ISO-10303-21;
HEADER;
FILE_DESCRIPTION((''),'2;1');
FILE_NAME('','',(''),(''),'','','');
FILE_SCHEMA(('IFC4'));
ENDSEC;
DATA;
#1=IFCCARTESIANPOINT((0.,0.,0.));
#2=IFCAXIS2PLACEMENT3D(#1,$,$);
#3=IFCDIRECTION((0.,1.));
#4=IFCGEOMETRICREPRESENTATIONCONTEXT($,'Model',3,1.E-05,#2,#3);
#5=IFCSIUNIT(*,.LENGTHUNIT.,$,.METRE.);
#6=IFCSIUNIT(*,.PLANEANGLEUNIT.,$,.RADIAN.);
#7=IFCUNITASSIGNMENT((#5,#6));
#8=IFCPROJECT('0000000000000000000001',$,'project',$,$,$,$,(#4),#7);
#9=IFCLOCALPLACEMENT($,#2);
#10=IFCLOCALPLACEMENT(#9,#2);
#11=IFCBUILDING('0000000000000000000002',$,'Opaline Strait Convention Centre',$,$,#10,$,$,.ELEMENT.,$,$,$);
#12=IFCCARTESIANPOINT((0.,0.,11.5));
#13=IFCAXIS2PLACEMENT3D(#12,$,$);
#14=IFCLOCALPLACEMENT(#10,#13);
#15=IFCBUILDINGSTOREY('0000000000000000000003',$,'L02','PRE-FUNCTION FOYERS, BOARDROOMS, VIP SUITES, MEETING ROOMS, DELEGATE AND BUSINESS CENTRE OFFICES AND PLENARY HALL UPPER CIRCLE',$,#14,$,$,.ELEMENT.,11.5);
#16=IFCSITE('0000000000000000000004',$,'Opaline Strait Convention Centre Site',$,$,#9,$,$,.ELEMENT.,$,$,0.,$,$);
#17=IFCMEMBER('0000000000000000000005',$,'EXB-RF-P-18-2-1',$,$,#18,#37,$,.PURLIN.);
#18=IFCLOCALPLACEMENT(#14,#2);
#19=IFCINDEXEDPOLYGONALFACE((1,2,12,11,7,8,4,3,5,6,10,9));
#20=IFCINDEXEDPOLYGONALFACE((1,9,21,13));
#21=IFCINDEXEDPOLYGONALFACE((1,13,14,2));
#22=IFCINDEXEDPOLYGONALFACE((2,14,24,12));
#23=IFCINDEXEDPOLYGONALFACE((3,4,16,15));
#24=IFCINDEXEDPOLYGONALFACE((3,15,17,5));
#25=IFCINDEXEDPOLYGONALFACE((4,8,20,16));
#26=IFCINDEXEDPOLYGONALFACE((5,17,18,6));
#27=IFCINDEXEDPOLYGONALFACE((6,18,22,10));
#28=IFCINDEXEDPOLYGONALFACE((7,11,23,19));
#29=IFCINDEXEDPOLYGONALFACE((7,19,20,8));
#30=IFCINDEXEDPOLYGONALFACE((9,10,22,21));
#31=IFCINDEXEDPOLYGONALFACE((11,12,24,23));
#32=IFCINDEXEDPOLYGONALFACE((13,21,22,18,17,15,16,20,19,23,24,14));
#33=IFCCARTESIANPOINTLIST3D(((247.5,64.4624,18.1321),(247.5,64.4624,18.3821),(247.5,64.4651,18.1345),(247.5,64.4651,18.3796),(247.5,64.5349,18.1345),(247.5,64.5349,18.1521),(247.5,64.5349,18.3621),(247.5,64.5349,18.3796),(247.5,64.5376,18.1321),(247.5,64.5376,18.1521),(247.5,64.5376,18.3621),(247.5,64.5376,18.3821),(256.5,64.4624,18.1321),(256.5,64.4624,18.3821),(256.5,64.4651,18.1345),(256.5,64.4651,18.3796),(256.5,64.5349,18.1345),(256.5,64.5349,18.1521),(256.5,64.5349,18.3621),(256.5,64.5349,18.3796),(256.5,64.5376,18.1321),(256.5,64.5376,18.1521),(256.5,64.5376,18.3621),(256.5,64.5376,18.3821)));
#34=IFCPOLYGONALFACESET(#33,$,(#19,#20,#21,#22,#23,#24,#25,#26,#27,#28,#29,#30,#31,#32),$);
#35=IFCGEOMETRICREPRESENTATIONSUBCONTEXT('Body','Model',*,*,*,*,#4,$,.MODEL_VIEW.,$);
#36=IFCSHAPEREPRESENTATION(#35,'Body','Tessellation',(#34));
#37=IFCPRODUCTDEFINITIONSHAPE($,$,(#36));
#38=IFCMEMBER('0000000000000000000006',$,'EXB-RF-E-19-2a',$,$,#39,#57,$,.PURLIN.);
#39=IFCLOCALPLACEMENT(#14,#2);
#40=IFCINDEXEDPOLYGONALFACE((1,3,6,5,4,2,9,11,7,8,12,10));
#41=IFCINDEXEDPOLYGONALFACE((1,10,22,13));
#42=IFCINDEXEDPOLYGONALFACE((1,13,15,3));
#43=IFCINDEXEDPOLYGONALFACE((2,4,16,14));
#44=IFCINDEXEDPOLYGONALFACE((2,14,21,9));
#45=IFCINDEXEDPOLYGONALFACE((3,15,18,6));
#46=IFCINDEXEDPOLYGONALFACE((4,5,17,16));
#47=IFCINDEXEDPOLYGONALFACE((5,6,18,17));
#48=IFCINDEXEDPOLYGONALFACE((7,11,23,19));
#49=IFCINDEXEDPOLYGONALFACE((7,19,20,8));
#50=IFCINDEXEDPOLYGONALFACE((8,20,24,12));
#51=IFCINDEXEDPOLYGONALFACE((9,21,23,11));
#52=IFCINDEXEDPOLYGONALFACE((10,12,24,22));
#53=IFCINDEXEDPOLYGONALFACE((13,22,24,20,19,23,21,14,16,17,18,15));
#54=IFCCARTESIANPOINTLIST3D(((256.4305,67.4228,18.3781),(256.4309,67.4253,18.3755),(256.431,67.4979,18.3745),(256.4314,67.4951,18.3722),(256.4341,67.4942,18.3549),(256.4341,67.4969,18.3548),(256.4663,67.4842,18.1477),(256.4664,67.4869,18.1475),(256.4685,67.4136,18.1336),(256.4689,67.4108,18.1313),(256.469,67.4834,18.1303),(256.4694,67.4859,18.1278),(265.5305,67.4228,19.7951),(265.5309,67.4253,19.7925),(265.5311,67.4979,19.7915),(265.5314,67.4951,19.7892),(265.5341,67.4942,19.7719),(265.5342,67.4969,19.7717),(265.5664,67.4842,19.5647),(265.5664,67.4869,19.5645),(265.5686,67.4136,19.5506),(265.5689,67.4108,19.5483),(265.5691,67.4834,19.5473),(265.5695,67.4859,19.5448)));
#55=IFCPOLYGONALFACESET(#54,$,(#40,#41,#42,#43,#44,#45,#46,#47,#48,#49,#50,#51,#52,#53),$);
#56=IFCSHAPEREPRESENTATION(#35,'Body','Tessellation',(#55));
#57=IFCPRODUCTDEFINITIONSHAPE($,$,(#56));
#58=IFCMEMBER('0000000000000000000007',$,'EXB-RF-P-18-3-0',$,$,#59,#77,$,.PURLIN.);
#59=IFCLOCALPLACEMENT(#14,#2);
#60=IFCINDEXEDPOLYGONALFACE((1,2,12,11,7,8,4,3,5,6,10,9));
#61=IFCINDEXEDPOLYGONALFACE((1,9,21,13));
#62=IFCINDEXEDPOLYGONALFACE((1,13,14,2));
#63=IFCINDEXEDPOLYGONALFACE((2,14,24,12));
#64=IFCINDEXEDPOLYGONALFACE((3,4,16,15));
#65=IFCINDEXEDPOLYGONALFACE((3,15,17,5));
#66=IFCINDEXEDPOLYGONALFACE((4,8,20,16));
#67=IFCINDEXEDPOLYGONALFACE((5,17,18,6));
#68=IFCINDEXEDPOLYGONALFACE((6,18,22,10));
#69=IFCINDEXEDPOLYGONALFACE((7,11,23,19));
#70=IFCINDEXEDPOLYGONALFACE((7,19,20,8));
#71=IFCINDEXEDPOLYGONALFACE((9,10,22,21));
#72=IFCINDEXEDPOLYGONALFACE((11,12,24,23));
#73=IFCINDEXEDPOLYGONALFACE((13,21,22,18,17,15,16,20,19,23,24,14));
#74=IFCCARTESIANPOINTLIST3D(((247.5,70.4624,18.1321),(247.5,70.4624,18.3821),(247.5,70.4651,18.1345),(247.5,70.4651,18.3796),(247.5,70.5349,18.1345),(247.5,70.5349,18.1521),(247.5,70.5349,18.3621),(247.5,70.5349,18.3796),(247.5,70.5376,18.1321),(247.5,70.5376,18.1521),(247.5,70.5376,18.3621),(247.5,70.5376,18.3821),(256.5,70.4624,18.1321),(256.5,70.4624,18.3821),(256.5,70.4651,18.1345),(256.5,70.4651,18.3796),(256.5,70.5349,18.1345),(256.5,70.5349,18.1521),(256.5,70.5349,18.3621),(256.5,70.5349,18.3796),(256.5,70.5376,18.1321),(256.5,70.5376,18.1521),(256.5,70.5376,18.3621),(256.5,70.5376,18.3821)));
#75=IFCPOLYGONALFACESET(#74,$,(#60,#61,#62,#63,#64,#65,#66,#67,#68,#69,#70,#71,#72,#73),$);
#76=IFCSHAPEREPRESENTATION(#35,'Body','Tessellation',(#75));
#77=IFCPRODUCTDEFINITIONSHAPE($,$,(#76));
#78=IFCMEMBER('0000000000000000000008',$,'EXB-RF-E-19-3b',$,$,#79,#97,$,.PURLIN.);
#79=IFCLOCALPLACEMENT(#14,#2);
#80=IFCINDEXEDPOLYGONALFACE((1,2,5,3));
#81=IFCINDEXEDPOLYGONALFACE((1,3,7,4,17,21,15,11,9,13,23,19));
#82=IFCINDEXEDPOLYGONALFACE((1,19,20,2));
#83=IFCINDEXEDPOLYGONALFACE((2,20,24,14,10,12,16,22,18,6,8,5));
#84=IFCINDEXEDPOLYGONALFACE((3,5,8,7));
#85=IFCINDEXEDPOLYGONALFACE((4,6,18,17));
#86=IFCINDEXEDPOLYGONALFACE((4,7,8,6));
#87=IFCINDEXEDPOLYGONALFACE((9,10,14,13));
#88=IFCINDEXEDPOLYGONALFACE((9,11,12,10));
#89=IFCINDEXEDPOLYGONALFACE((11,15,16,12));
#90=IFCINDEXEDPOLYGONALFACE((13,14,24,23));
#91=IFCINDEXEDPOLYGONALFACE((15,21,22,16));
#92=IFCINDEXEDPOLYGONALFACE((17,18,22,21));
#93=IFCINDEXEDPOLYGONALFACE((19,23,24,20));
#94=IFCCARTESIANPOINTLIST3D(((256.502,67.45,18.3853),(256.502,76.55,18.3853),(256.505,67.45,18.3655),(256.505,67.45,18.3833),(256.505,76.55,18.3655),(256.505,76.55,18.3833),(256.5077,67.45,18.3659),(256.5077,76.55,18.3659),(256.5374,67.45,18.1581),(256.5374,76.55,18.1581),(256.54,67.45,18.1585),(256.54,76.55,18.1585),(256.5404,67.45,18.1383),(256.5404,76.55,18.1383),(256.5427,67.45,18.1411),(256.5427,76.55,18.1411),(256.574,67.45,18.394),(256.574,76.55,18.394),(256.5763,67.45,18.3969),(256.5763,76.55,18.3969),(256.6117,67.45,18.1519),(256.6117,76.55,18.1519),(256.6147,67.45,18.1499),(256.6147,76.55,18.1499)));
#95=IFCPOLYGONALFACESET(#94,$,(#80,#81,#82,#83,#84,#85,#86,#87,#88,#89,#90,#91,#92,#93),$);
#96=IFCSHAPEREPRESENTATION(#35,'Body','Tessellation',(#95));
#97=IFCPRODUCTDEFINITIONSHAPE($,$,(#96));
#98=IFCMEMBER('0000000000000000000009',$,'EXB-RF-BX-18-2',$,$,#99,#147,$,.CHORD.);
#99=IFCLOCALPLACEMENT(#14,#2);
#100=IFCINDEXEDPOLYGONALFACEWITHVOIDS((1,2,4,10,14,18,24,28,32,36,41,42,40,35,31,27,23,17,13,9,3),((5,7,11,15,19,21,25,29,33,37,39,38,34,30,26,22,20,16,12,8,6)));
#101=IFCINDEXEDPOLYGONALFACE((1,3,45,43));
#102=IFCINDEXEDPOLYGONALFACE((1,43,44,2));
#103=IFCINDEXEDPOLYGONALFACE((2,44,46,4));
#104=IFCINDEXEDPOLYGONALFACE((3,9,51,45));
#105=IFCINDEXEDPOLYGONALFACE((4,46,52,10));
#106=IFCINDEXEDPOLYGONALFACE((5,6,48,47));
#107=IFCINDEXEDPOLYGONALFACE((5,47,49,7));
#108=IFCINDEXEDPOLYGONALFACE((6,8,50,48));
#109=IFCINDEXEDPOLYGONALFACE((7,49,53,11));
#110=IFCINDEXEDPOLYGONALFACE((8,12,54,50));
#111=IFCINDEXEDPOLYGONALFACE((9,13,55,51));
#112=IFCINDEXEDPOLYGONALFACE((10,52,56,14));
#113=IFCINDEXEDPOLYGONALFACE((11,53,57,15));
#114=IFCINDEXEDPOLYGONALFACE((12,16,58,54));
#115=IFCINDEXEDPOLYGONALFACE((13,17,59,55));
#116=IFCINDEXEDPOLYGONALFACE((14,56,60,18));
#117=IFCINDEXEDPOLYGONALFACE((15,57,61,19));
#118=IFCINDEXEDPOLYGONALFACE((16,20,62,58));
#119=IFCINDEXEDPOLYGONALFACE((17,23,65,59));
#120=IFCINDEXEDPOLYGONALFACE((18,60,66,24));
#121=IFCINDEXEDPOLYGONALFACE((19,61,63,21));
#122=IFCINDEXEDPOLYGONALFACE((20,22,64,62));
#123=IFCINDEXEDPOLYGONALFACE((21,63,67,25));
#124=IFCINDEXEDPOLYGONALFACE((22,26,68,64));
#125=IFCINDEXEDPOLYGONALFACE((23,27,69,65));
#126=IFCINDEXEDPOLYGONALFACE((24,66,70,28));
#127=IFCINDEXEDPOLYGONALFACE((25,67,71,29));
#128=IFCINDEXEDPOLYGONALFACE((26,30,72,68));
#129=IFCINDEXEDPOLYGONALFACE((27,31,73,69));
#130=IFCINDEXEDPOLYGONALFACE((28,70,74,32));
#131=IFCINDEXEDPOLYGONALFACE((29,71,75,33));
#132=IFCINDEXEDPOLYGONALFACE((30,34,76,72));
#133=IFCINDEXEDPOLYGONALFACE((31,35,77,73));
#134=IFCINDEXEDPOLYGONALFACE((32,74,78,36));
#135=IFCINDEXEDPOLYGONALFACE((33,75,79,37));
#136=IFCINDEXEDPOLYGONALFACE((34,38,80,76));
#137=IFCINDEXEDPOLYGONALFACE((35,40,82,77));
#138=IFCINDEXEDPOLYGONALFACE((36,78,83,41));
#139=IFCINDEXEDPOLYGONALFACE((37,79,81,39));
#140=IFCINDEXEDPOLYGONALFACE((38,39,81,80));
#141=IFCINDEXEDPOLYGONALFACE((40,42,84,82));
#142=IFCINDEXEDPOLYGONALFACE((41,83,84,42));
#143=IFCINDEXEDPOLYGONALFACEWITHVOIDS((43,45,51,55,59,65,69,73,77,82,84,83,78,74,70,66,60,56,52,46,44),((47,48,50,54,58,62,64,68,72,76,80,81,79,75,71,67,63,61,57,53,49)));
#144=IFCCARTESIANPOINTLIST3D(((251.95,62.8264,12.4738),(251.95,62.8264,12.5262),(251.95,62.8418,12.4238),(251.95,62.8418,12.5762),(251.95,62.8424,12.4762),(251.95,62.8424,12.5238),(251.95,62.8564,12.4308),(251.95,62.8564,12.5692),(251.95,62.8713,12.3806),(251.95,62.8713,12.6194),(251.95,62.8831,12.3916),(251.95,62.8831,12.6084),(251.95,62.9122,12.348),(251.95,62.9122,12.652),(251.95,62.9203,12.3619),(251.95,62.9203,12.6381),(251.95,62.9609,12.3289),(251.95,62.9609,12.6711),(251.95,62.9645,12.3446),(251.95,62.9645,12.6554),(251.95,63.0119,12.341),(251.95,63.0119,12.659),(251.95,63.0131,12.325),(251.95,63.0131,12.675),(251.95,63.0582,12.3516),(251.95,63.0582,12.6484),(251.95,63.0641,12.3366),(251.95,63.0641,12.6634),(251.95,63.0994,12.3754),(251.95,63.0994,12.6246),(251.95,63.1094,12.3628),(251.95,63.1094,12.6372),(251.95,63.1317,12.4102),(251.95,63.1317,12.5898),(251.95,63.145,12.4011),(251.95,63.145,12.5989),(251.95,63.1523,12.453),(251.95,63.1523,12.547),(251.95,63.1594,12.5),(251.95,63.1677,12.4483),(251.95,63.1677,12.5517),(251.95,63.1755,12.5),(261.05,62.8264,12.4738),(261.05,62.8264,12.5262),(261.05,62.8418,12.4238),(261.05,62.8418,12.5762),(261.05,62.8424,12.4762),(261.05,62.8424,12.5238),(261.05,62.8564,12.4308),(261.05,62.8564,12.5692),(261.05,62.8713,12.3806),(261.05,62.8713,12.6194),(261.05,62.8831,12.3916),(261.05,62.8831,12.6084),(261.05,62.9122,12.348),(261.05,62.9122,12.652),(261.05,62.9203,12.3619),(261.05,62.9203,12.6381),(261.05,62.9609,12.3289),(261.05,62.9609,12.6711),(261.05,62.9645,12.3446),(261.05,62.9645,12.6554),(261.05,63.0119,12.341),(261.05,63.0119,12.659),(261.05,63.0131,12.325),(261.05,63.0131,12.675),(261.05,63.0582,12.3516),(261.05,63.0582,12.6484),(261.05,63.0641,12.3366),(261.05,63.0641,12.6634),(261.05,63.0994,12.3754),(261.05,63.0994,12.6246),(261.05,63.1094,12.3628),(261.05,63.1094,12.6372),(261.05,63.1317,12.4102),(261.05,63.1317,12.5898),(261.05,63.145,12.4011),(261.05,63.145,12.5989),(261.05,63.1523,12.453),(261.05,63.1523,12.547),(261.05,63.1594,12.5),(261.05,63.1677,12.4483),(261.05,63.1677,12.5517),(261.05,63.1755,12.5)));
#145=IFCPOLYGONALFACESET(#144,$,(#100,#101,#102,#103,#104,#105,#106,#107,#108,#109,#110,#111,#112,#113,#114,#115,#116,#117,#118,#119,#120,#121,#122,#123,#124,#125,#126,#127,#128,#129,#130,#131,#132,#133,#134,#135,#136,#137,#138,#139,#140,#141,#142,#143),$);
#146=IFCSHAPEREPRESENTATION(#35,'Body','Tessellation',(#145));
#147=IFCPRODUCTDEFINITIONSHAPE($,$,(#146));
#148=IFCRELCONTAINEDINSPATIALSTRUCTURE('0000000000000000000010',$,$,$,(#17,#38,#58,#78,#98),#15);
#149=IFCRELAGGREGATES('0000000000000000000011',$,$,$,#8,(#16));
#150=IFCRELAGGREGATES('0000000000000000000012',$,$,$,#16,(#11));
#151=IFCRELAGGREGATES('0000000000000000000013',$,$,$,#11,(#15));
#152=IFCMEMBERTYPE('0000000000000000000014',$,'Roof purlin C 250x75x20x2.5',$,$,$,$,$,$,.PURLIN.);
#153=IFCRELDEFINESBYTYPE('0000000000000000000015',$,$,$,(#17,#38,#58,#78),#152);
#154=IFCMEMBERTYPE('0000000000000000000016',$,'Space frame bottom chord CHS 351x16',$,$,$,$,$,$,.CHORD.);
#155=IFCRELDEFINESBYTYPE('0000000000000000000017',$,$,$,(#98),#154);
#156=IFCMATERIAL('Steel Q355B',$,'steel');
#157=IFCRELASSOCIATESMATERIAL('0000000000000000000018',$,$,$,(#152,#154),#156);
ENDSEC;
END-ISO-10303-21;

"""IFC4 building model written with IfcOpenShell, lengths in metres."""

from ifc_helpers import new_model, si_unit, direction, frame, origin, origin_2d, place, context, subcontext, project, spatial, polyline, hollow_circle, outline, extrude, material, material_profile, profile_set, type_object, element, save


model = new_model("IFC4")

# Units and contexts
model_context = context("Model", 3, precision=1e-05, world=origin(), true_north=direction((0.0, 1.0)))
body_context = subcontext(model_context, "Body", "Model", "MODEL_VIEW")
ifc_project = project(units=[si_unit("LENGTHUNIT", "METRE"), si_unit("PLANEANGLEUNIT", "RADIAN")], contexts=[model_context])

# Site, building, storey
site_placement = place(None, origin())
site = spatial("IfcSite", under=ifc_project, at=site_placement, Name="Opaline Strait Convention Centre Site", CompositionType="ELEMENT", RefElevation=0.0)
building_placement = place(site_placement, origin())
building = spatial("IfcBuilding", under=site, at=building_placement, Name="Opaline Strait Convention Centre", CompositionType="ELEMENT")
storey_placement = place(building_placement, frame((0.0, 0.0, 11.5)))
storey = spatial("IfcBuildingStorey", under=building, at=storey_placement, Name="L02", Description="PRE-FUNCTION FOYERS, BOARDROOMS, VIP SUITES, MEETING ROOMS, DELEGATE AND BUSINESS CENTRE OFFICES AND PLENARY HALL UPPER CIRCLE", CompositionType="ELEMENT", Elevation=11.5)

# Members
ifc_material_1 = material(Name="Steel Q355B", Category="steel")
ifc_material_profile_1 = material_profile(ifc_material_1, outline(polyline([(-0.0376, -0.125), (0.0376, -0.125), (0.0376, -0.105), (0.0349, -0.105), (0.0349, -0.1226), (-0.0349, -0.1226), (-0.0349, 0.1226), (0.0349, 0.1226), (0.0349, 0.105), (0.0376, 0.105), (0.0376, 0.125), (-0.0376, 0.125), (-0.0376, -0.125)])), Name="C 250x75x20x2.5")
ifc_profile_set_1 = profile_set([ifc_material_profile_1], Name="Steel Q355B")
member_type_1 = type_object("IfcMemberType", Name="Roof purlin C 250x75x20x2.5", PredefinedType="PURLIN", material=ifc_profile_set_1)
member_1_placement = place(storey_placement, frame((247.5, 64.5, 18.2571), z_axis=(1.0, 0.0, 0.0), x_axis=(0.0, 1.0, 0.0)))
element("IfcMember", 1, at=member_1_placement, inside=storey, type_object=member_type_1, Name="EXB-RF-P-18-2-1", PredefinedType="PURLIN", context=body_context, shape_type="SweptSolid", body=[
    extrude(outline(polyline([(-0.0376, -0.125), (0.0376, -0.125), (0.0376, -0.105), (0.0349, -0.105), (0.0349, -0.1226), (-0.0349, -0.1226), (-0.0349, 0.1226), (0.0349, 0.1226), (0.0349, 0.105), (0.0376, 0.105), (0.0376, 0.125), (-0.0376, 0.125), (-0.0376, -0.125)])), origin(), (0.0, 0.0, 1.0), 9.0),
])
member_2_placement = place(storey_placement, frame((256.45, 67.4543, 18.2529), z_axis=(0.988093, 0.0, 0.153858), x_axis=(0.007363, 0.998854, -0.047288)))
element("IfcMember", 2, at=member_2_placement, inside=storey, type_object=member_type_1, Name="EXB-RF-E-19-2a", PredefinedType="PURLIN", context=body_context, shape_type="SweptSolid", body=[
    extrude(outline(polyline([(-0.0376, -0.125), (0.0376, -0.125), (0.0376, -0.105), (0.0349, -0.105), (0.0349, -0.1226), (-0.0349, -0.1226), (-0.0349, 0.1226), (0.0349, 0.1226), (0.0349, 0.105), (0.0376, 0.105), (0.0376, 0.125), (-0.0376, 0.125), (-0.0376, -0.125)])), origin(), (0.0, 0.0, 1.0), 9.2097),
])
member_3_placement = place(storey_placement, frame((247.5, 70.5, 18.2571), z_axis=(1.0, 0.0, 0.0), x_axis=(0.0, 1.0, 0.0)))
element("IfcMember", 3, at=member_3_placement, inside=storey, type_object=member_type_1, Name="EXB-RF-P-18-3-0", PredefinedType="PURLIN", context=body_context, shape_type="SweptSolid", body=[
    extrude(outline(polyline([(-0.0376, -0.125), (0.0376, -0.125), (0.0376, -0.105), (0.0349, -0.105), (0.0349, -0.1226), (-0.0349, -0.1226), (-0.0349, 0.1226), (0.0349, 0.1226), (0.0349, 0.105), (0.0376, 0.105), (0.0376, 0.125), (-0.0376, 0.125), (-0.0376, -0.125)])), origin(), (0.0, 0.0, 1.0), 9.0),
])
member_4_placement = place(storey_placement, frame((256.5583, 67.45, 18.2676), z_axis=(0.0, 1.0, 0.0), x_axis=(-0.988092, 0.0, -0.153864)))
element("IfcMember", 4, at=member_4_placement, inside=storey, type_object=member_type_1, Name="EXB-RF-E-19-3b", PredefinedType="PURLIN", context=body_context, shape_type="SweptSolid", body=[
    extrude(outline(polyline([(-0.0376, -0.125), (0.0376, -0.125), (0.0376, -0.105), (0.0349, -0.105), (0.0349, -0.1226), (-0.0349, -0.1226), (-0.0349, 0.1226), (0.0349, 0.1226), (0.0349, 0.105), (0.0376, 0.105), (0.0376, 0.125), (-0.0376, 0.125), (-0.0376, -0.125)])), origin(), (0.0, 0.0, 1.0), 9.1001),
])
ifc_material_profile_2 = material_profile(ifc_material_1, hollow_circle(Radius=0.1755, WallThickness=0.0161, at=origin_2d()), Name="CHS 351x16")
ifc_profile_set_2 = profile_set([ifc_material_profile_2], Name="Steel Q355B")
member_type_2 = type_object("IfcMemberType", Name="Space frame bottom chord CHS 351x16", PredefinedType="CHORD", material=ifc_profile_set_2)
for number, where, z_axis, x_axis, name in (
    (5, (251.95, 63.0, 12.5), (1.0, 0.0, 0.0), (0.0, 1.0, 0.0), "EXB-RF-BX-18-2"),
):
    element("IfcMember", number, at=place(storey_placement, frame(where, z_axis=z_axis, x_axis=x_axis)), inside=storey, type_object=member_type_2, Name=name, PredefinedType="CHORD", context=body_context, shape_type="SweptSolid", body=[
        extrude(hollow_circle(Radius=0.1755, WallThickness=0.0161, at=origin_2d()), origin(), (0.0, 0.0, 1.0), 9.1001),
    ])

save(model, "model.ifc")
